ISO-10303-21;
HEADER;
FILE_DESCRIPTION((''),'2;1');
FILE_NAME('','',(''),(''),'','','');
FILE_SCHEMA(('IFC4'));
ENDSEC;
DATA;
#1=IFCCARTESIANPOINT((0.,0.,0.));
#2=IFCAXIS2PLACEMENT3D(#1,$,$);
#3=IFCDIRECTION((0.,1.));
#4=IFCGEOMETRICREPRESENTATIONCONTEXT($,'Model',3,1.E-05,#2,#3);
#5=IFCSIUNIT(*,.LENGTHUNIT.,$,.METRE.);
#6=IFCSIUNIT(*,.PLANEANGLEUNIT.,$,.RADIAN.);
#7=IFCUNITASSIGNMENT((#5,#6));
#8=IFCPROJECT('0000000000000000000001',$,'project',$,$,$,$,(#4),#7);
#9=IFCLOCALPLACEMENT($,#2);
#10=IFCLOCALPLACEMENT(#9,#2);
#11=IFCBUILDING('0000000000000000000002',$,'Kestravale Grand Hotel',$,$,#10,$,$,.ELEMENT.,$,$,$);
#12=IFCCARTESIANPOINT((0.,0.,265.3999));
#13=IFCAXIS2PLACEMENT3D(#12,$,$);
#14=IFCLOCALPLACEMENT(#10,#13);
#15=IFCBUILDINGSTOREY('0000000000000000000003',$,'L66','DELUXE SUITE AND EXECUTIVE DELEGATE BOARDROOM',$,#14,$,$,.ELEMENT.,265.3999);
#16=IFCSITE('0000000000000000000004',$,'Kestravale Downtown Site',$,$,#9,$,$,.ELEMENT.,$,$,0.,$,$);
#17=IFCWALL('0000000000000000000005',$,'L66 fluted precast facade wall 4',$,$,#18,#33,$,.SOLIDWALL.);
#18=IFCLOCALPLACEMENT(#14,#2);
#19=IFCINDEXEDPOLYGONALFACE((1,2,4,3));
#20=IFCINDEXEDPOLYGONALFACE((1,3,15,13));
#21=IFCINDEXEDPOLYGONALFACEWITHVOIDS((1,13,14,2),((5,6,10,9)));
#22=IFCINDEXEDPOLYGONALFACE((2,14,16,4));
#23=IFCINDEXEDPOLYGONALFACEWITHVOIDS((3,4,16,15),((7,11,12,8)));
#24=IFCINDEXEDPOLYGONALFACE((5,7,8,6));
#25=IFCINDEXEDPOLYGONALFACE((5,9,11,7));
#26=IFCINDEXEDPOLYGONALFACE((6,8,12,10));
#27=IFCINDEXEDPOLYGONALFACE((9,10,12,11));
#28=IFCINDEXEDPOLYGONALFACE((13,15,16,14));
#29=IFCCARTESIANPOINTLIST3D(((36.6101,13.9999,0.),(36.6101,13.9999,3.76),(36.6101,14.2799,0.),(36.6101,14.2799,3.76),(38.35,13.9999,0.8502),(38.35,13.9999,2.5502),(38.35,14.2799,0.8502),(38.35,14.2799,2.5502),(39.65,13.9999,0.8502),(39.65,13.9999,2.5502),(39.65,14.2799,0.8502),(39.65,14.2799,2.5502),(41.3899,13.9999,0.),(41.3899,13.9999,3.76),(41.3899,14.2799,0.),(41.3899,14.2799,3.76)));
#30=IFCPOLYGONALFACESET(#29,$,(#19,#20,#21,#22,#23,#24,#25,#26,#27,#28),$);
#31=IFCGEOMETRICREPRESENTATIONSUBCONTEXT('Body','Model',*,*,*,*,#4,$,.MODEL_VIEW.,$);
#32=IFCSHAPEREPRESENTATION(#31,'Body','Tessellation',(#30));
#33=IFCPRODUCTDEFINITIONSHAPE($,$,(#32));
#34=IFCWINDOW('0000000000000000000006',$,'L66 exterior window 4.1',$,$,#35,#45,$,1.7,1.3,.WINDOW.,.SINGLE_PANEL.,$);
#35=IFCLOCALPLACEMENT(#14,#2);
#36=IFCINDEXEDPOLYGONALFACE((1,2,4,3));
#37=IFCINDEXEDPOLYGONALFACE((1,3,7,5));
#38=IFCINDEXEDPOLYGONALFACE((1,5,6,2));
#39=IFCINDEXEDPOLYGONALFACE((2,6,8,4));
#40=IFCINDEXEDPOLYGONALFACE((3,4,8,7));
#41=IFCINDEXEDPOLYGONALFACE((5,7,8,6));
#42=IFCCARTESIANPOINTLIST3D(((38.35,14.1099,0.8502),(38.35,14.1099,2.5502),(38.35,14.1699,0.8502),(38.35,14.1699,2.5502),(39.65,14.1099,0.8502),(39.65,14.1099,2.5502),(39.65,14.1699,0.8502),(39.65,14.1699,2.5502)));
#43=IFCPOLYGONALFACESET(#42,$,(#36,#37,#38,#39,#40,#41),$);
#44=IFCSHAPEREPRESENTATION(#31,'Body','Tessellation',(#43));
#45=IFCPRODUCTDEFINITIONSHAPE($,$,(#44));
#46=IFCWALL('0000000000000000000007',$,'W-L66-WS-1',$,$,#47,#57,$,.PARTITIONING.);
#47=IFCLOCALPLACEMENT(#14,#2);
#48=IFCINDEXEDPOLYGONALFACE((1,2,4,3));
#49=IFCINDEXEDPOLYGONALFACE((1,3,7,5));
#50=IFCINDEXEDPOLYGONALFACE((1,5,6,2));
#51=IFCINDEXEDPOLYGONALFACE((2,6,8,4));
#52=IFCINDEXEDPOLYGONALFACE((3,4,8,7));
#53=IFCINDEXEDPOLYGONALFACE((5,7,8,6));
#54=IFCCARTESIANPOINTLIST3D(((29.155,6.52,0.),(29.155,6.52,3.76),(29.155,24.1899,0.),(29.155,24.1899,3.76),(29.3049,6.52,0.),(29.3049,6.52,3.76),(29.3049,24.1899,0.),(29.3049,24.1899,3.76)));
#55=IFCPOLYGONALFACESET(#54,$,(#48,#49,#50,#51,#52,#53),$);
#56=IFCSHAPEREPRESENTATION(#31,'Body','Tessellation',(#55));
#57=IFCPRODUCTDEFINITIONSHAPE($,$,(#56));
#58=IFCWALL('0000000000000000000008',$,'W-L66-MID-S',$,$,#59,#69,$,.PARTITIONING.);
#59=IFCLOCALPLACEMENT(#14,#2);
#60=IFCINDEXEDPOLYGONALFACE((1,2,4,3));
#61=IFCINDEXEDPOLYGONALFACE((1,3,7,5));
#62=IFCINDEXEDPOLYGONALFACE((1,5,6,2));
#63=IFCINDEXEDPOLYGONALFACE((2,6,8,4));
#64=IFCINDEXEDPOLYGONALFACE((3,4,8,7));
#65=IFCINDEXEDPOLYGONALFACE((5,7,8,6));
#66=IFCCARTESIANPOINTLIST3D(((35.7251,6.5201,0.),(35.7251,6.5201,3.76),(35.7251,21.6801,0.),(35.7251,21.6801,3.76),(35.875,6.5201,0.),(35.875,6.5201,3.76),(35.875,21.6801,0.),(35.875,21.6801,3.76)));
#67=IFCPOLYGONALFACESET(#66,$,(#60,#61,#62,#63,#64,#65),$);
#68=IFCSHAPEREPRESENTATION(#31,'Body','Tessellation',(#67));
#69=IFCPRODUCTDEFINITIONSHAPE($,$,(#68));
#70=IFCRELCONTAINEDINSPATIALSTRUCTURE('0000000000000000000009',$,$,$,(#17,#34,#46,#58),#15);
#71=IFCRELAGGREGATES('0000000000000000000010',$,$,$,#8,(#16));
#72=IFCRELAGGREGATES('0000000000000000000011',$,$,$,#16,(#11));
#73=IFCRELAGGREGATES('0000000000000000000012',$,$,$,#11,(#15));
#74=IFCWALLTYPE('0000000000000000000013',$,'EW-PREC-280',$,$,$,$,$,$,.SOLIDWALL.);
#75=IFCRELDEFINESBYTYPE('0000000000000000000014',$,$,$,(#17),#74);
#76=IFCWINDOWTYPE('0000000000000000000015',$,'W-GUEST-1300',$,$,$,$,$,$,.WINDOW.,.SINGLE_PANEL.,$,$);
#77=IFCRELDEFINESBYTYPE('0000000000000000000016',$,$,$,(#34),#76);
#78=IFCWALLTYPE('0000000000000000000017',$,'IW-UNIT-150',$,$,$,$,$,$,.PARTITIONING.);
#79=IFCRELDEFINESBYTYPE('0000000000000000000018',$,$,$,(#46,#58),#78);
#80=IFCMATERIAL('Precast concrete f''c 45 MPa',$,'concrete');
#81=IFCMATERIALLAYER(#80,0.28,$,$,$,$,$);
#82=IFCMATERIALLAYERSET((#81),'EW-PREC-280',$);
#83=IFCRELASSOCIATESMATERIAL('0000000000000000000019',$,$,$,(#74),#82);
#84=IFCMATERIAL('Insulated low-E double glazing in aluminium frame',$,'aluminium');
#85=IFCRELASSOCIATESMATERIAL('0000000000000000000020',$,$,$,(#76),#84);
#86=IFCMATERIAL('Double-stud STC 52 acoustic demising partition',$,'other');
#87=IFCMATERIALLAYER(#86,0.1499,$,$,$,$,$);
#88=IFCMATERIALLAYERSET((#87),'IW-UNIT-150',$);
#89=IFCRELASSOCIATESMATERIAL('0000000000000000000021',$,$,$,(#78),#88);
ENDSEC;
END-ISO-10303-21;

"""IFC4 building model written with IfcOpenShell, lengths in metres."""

from ifc_helpers import new_model, si_unit, direction, frame, frame_2d, origin, place, context, subcontext, project, spatial, rectangle, extrude, material, layer, layer_set, type_object, element, fill, save


model = new_model("IFC4")

# Units and contexts
model_context = context("Model", 3, precision=1e-05, world=origin(), true_north=direction((0.0, 1.0)))
body_context = subcontext(model_context, "Body", "Model", "MODEL_VIEW")
ifc_project = project(units=[si_unit("LENGTHUNIT", "METRE"), si_unit("PLANEANGLEUNIT", "RADIAN")], contexts=[model_context])

# Site, building, storey
site_placement = place(None, origin())
site = spatial("IfcSite", under=ifc_project, at=site_placement, Name="Kestravale Downtown Site", CompositionType="ELEMENT", RefElevation=0.0)
building_placement = place(site_placement, origin())
building = spatial("IfcBuilding", under=site, at=building_placement, Name="Kestravale Grand Hotel", CompositionType="ELEMENT")
storey_placement = place(building_placement, frame((0.0, 0.0, 265.3999)))
storey = spatial("IfcBuildingStorey", under=building, at=storey_placement, Name="L66", Description="DELUXE SUITE AND EXECUTIVE DELEGATE BOARDROOM", CompositionType="ELEMENT", Elevation=265.3999)

# Shared definitions
ifc_material_1 = material(Name="Precast concrete f'c 45 MPa", Category="concrete")
ifc_layer_1 = layer(ifc_material_1, 0.28)
ifc_layer_set_1 = layer_set([ifc_layer_1], Name="EW-PREC-280")
wall_type_1 = type_object("IfcWallType", Name="EW-PREC-280", PredefinedType="SOLIDWALL", material=ifc_layer_set_1)

# Wall, opening, window
ifc_material_2 = material(Name="Insulated low-E double glazing in aluminium frame", Category="aluminium")
window_type = type_object("IfcWindowType", Name="W-GUEST-1300", PartitioningType="SINGLE_PANEL", PredefinedType="WINDOW", material=ifc_material_2)
wall_1_placement = place(storey_placement, frame((36.6101, 14.1399, 0.0), z_axis=(0.0, 0.0, 1.0), x_axis=(1.0, 0.0, 0.0)))
wall_1 = element("IfcWall", 1, at=wall_1_placement, inside=storey, type_object=wall_type_1, Name="L66 fluted precast facade wall 4", PredefinedType="SOLIDWALL", context=body_context, shape_type="SweptSolid", body=[
    extrude(rectangle(XDim=4.7798, YDim=0.28, at=frame_2d((2.3899, 0.0))), origin(), (0.0, 0.0, 1.0), 3.76),
])
opening_1_placement = place(wall_1_placement, frame((1.74, 0.0, 0.8501)))
opening_1 = element("IfcOpeningElement", 2, at=opening_1_placement, cuts=wall_1, PredefinedType="OPENING", context=body_context, shape_type="SweptSolid", body=[
    extrude(rectangle(XDim=1.3, YDim=1.7, at=frame_2d((0.6499, 0.8501))), frame((0.0, 0.1499, 0.0), z_axis=(0.0, -1.0, 0.0), x_axis=(1.0, 0.0, 0.0)), (0.0, 0.0, 1.0), 0.3),
])
window_1_placement = place(opening_1_placement, origin())
window_1 = element("IfcWindow", 3, at=window_1_placement, inside=storey, type_object=window_type, Name="L66 exterior window 4.1", OverallHeight=1.7, OverallWidth=1.3, PartitioningType="SINGLE_PANEL", PredefinedType="WINDOW", context=body_context, shape_type="SweptSolid", body=[
    extrude(rectangle(XDim=1.3, YDim=1.7, at=frame_2d((0.6499, 0.8501))), frame((0.0, 0.03, 0.0), z_axis=(0.0, -1.0, 0.0), x_axis=(1.0, 0.0, 0.0)), (0.0, 0.0, 1.0), 0.0601),
])
fill(opening_1, window_1)

# Walls
ifc_material_3 = material(Name="Double-stud STC 52 acoustic demising partition", Category="other")
ifc_layer_2 = layer(ifc_material_3, 0.1499)
ifc_layer_set_2 = layer_set([ifc_layer_2], Name="IW-UNIT-150")
wall_type_2 = type_object("IfcWallType", Name="IW-UNIT-150", PredefinedType="PARTITIONING", material=ifc_layer_set_2)
wall_2_placement = place(storey_placement, frame((29.23, 6.52, 0.0), z_axis=(0.0, 0.0, 1.0), x_axis=(0.0, 1.0, 0.0)))
element("IfcWall", 4, at=wall_2_placement, inside=storey, type_object=wall_type_2, Name="W-L66-WS-1", PredefinedType="PARTITIONING", context=body_context, shape_type="SweptSolid", body=[
    extrude(rectangle(XDim=17.6699, YDim=0.1499, at=frame_2d((8.835, 0.0))), origin(), (0.0, 0.0, 1.0), 3.76),
])
wall_3_placement = place(storey_placement, frame((35.8, 6.52, 0.0), z_axis=(0.0, 0.0, 1.0), x_axis=(0.0, 1.0, 0.0)))
element("IfcWall", 5, at=wall_3_placement, inside=storey, type_object=wall_type_2, Name="W-L66-MID-S", PredefinedType="PARTITIONING", context=body_context, shape_type="SweptSolid", body=[
    extrude(rectangle(XDim=15.1599, YDim=0.1499, at=frame_2d((7.5801, 0.0))), origin(), (0.0, 0.0, 1.0), 3.76),
])

save(model, "model.ifc")
